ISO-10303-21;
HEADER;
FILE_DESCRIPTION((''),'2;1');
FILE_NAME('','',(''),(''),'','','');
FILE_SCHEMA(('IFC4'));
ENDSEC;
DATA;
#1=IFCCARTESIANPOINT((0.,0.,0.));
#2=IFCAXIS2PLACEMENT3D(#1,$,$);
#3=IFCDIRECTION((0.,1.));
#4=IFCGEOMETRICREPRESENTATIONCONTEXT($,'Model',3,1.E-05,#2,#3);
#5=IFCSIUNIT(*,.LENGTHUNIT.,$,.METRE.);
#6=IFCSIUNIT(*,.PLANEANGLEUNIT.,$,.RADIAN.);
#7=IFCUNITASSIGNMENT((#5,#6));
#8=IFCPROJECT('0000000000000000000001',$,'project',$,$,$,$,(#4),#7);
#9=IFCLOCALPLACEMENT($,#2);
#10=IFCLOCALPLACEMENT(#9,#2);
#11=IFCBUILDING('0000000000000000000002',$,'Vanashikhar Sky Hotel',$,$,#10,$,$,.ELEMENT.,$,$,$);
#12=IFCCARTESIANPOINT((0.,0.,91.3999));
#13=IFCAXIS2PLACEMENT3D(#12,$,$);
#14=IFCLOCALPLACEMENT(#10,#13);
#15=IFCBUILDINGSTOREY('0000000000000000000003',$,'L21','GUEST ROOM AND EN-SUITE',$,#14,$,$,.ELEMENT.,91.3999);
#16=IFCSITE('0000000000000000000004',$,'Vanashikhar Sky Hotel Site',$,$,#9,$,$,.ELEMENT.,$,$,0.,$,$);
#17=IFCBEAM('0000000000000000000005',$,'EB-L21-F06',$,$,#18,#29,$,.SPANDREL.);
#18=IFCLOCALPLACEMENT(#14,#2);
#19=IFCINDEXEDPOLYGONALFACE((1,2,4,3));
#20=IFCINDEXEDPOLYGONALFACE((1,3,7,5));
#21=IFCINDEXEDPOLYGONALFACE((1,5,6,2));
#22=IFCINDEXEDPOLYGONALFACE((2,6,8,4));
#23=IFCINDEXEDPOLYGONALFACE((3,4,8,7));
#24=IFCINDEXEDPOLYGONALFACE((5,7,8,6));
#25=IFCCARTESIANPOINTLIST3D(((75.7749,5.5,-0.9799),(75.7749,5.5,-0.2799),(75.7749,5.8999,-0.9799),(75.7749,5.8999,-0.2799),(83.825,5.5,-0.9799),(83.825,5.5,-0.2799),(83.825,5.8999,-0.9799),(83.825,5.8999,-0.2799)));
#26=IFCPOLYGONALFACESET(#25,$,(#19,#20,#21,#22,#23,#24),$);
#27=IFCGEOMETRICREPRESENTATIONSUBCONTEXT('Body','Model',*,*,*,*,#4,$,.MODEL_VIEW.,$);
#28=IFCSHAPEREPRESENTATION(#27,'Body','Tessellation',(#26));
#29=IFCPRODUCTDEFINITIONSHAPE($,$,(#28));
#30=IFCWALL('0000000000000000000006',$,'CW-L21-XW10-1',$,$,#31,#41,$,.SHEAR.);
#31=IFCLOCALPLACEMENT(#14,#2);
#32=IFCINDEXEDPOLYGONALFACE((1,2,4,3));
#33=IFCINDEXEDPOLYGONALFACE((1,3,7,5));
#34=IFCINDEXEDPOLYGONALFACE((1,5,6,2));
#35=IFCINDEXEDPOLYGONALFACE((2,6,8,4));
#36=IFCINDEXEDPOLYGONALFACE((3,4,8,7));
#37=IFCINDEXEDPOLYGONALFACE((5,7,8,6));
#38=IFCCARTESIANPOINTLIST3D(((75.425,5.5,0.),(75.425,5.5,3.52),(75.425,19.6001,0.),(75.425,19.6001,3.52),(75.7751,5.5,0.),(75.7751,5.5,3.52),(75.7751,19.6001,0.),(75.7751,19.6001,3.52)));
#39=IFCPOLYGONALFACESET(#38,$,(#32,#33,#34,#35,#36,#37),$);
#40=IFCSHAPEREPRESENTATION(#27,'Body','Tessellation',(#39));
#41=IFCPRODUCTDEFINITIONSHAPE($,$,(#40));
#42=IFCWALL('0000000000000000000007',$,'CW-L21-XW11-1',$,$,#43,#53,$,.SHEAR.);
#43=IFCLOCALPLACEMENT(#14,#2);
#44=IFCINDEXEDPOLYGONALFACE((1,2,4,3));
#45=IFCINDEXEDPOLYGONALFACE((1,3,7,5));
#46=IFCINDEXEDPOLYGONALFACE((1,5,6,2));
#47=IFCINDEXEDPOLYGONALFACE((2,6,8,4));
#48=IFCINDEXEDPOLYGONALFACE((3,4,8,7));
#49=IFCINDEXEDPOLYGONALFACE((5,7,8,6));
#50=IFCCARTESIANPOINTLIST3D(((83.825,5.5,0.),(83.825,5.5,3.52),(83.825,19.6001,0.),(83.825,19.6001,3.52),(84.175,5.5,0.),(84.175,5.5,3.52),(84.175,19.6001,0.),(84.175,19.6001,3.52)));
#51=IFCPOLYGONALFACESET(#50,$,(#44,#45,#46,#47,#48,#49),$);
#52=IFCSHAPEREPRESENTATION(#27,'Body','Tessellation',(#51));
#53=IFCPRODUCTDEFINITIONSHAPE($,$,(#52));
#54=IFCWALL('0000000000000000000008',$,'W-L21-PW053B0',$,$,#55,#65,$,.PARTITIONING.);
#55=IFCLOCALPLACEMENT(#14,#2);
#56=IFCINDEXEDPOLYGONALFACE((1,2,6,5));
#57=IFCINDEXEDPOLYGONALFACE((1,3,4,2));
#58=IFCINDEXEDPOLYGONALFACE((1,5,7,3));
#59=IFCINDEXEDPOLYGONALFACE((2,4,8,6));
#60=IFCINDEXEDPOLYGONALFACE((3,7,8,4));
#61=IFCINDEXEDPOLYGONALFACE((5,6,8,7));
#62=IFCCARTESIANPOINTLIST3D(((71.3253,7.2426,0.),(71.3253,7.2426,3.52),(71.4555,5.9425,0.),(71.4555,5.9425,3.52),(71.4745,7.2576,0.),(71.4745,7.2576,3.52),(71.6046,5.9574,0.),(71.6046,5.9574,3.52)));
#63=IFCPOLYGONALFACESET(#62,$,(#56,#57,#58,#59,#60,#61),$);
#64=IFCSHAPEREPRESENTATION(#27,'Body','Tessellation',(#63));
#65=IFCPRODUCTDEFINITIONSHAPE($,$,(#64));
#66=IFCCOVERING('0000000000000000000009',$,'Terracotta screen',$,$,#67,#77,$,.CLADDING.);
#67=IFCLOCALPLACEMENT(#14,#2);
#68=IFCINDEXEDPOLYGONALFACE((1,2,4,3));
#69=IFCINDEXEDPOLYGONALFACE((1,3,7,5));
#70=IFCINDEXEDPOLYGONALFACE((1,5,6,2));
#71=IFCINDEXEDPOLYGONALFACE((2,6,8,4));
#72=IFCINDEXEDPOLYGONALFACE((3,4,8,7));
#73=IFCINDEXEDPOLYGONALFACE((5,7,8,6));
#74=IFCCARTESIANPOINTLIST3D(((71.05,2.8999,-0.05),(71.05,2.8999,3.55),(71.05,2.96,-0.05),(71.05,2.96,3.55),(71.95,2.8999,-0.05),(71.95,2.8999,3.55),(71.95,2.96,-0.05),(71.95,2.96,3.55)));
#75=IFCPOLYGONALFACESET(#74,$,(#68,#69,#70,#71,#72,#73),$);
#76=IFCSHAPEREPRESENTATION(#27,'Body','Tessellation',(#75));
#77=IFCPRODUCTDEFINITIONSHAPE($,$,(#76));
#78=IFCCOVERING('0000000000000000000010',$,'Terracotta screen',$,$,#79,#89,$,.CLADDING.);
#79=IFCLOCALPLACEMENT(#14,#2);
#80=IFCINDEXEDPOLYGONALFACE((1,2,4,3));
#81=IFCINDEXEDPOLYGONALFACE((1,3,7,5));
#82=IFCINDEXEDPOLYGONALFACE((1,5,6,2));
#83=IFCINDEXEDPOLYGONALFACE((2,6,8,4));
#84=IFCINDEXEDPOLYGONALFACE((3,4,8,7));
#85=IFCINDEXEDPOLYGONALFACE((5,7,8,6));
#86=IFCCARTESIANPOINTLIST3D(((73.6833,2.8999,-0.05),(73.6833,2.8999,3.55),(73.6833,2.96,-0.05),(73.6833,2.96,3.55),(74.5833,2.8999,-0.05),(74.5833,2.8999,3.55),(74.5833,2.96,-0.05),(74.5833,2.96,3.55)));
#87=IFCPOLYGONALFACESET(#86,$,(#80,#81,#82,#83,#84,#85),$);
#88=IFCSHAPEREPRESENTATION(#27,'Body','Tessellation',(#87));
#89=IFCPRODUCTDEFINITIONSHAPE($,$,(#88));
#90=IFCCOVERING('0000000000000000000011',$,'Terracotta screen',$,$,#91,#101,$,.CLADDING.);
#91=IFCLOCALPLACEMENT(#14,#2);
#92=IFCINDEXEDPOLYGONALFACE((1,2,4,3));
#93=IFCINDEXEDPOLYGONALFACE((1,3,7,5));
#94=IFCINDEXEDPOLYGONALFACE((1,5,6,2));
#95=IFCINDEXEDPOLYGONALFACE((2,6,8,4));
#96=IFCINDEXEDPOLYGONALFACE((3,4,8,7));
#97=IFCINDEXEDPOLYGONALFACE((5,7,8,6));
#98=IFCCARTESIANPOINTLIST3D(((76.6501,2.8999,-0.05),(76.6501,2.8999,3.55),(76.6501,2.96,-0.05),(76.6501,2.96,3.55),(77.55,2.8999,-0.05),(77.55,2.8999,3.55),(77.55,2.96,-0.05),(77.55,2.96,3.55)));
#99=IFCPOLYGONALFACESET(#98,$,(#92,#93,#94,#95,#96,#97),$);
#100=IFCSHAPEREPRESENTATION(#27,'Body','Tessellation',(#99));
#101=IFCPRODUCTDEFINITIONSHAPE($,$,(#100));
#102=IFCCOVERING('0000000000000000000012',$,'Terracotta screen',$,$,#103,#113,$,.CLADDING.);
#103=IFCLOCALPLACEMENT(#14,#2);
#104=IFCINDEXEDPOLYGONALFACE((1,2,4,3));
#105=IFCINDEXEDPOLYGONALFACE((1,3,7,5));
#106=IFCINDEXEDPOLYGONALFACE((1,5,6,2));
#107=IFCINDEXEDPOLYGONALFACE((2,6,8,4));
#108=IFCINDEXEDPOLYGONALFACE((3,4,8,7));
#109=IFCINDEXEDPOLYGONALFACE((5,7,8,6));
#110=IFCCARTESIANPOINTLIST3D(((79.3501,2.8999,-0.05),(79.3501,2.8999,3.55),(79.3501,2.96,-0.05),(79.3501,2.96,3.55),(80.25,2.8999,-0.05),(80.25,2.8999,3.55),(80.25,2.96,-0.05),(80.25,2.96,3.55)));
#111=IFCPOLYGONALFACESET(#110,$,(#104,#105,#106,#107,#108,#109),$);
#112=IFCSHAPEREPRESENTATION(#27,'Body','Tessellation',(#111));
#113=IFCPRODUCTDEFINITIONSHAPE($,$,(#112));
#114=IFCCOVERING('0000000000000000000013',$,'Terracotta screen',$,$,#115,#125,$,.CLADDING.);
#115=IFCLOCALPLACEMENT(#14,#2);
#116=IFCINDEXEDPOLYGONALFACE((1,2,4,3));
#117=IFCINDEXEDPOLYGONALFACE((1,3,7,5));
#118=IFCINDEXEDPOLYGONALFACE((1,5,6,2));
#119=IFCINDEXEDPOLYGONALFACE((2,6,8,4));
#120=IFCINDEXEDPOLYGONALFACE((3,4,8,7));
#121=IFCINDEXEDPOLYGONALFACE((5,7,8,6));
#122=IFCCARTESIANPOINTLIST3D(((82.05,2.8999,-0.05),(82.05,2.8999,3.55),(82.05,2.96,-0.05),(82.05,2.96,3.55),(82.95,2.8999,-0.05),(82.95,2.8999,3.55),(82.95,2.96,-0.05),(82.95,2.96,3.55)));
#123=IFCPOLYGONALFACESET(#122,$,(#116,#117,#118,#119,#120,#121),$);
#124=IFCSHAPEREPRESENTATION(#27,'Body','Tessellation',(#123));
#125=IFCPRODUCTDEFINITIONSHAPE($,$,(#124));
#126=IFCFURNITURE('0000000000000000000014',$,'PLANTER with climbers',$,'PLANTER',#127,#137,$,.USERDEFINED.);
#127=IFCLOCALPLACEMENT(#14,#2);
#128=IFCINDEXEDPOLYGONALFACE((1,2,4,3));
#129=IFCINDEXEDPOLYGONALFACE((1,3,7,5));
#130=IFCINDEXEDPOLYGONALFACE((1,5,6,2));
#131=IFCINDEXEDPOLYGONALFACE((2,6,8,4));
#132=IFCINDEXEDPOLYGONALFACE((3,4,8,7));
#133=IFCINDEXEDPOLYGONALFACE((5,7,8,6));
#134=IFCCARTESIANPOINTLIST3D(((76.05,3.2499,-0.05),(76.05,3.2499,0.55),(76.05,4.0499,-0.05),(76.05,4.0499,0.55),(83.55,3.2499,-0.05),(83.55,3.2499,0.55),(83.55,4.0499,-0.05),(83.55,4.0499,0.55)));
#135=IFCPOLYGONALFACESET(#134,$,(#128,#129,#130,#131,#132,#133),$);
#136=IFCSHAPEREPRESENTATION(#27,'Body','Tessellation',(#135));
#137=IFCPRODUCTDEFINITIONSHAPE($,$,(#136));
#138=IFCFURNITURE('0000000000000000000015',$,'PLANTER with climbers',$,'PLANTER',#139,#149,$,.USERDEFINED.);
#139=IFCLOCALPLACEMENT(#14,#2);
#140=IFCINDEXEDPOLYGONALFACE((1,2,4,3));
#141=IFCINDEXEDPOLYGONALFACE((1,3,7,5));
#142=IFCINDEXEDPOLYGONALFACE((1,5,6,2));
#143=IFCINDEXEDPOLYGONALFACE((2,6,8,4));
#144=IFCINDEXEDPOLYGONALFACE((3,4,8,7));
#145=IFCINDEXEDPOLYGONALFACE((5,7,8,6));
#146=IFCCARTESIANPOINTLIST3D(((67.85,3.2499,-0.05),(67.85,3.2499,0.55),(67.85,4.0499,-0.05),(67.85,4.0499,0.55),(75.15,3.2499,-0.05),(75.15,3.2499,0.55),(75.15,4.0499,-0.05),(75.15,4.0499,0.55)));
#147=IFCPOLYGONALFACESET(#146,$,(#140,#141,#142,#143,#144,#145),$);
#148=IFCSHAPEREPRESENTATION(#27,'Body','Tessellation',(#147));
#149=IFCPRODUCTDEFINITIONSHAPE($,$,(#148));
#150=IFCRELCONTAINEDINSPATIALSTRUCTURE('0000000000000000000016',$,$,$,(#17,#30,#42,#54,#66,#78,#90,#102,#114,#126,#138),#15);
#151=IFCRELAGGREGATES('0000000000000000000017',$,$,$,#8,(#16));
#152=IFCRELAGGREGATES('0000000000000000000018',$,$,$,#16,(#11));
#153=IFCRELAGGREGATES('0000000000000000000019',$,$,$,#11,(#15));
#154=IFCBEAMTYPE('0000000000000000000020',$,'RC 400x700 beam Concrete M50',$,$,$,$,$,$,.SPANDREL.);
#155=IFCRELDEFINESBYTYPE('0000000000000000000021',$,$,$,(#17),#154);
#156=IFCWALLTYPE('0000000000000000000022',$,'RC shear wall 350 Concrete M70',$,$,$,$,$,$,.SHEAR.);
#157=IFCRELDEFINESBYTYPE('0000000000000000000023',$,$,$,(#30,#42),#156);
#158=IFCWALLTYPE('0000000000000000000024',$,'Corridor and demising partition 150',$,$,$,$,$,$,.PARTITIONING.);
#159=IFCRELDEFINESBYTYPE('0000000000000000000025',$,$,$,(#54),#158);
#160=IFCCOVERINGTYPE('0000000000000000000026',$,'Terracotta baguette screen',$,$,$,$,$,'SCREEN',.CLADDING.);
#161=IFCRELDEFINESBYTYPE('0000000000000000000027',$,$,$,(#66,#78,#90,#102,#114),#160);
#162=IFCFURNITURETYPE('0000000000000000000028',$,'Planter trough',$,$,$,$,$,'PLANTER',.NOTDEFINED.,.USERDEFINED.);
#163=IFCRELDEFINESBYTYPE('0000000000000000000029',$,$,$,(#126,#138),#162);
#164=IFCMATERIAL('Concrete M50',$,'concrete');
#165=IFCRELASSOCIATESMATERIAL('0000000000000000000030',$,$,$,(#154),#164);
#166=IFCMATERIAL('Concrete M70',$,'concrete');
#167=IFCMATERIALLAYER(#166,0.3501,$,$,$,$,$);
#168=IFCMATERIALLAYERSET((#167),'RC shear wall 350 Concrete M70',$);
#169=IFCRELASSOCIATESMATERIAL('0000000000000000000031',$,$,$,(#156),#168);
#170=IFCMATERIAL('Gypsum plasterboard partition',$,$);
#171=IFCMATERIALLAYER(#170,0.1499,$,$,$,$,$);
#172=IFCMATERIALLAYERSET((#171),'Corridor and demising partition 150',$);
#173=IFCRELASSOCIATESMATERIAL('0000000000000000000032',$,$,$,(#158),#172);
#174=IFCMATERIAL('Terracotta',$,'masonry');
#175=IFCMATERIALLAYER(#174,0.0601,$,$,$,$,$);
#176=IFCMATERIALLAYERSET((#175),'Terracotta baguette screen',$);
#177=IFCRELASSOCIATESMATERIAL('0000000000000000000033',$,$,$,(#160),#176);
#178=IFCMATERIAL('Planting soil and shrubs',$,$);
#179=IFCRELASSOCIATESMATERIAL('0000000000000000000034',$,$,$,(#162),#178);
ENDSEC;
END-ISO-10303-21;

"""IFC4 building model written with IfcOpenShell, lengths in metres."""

from ifc_helpers import new_model, si_unit, direction, frame, frame_2d, origin, origin_2d, place, context, subcontext, project, spatial, rectangle, extrude, source, transform, mapped, material, layer, layer_set, material_profile, profile_set, type_object, element, save


model = new_model("IFC4")

# Units and contexts
model_context = context("Model", 3, precision=1e-05, world=origin(), true_north=direction((0.0, 1.0)))
body_context = subcontext(model_context, "Body", "Model", "MODEL_VIEW")
ifc_project = project(units=[si_unit("LENGTHUNIT", "METRE"), si_unit("PLANEANGLEUNIT", "RADIAN")], contexts=[model_context])

# Site, building, storey
site_placement = place(None, origin())
site = spatial("IfcSite", under=ifc_project, at=site_placement, Name="Vanashikhar Sky Hotel Site", CompositionType="ELEMENT", RefElevation=0.0)
building_placement = place(site_placement, origin())
building = spatial("IfcBuilding", under=site, at=building_placement, Name="Vanashikhar Sky Hotel", CompositionType="ELEMENT")
storey_placement = place(building_placement, frame((0.0, 0.0, 91.3999)))
storey = spatial("IfcBuildingStorey", under=building, at=storey_placement, Name="L21", Description="GUEST ROOM AND EN-SUITE", CompositionType="ELEMENT", Elevation=91.3999)

# Beam
ifc_material_1 = material(Name="Concrete M50", Category="concrete")
ifc_material_profile = material_profile(ifc_material_1, rectangle(XDim=0.3999, YDim=0.7, at=origin_2d()))
ifc_profile_set = profile_set([ifc_material_profile], Name="RC 400x700 beam Concrete M50")
beam_type = type_object("IfcBeamType", Name="RC 400x700 beam Concrete M50", PredefinedType="SPANDREL", material=ifc_profile_set)
shared_shape_1 = source(origin(), body_context, "Body", "SweptSolid", [
    extrude(rectangle(XDim=0.3999, YDim=0.7, at=origin_2d()), origin(), (0.0, 0.0, 1.0), 8.05),
])
beam_placement = place(storey_placement, frame((75.7749, 5.7, -0.6299), z_axis=(1.0, 0.0, 0.0), x_axis=(0.0, 1.0, 0.0)))
element("IfcBeam", 1, at=beam_placement, inside=storey, type_object=beam_type, Name="EB-L21-F06", PredefinedType="SPANDREL", context=body_context, shape_type="MappedRepresentation", body=[
    mapped(shared_shape_1, transform((0.0, 0.0, 0.0), scale=1.0)),
])

# Walls
ifc_material_2 = material(Name="Concrete M70", Category="concrete")
ifc_layer_1 = layer(ifc_material_2, 0.3501)
ifc_layer_set_1 = layer_set([ifc_layer_1], Name="RC shear wall 350 Concrete M70")
wall_type_1 = type_object("IfcWallType", Name="RC shear wall 350 Concrete M70", PredefinedType="SHEAR", material=ifc_layer_set_1)
shared_shape_2 = source(origin(), body_context, "Body", "SweptSolid", [
    extrude(rectangle(XDim=14.1001, YDim=0.3501, at=frame_2d((7.05, 0.0))), origin(), (0.0, 0.0, 1.0), 3.52),
])
for number, where, z_axis, x_axis, name in (
    (2, (75.6001, 5.5, 0.0), (0.0, 0.0, 1.0), (0.0, 1.0, 0.0), "CW-L21-XW10-1"),
    (3, (84.0, 5.5, 0.0), (0.0, 0.0, 1.0), (0.0, 1.0, 0.0), "CW-L21-XW11-1"),
):
    element("IfcWall", number, at=place(storey_placement, frame(where, z_axis=z_axis, x_axis=x_axis)), inside=storey, type_object=wall_type_1, Name=name, PredefinedType="SHEAR", context=body_context, shape_type="MappedRepresentation", body=[
        mapped(shared_shape_2, transform((0.0, 0.0, 0.0), scale=1.0)),
    ])

# Wall
ifc_material_3 = material(Name="Gypsum plasterboard partition")
ifc_layer_2 = layer(ifc_material_3, 0.1499)
ifc_layer_set_2 = layer_set([ifc_layer_2], Name="Corridor and demising partition 150")
wall_type_2 = type_object("IfcWallType", Name="Corridor and demising partition 150", PredefinedType="PARTITIONING", material=ifc_layer_set_2)
shared_shape_3 = source(origin(), body_context, "Body", "SweptSolid", [
    extrude(rectangle(XDim=1.3066, YDim=0.1499, at=frame_2d((0.6533, 0.0))), origin(), (0.0, 0.0, 1.0), 3.52),
])
wall_1_placement = place(storey_placement, frame((71.53, 5.95, 0.0), z_axis=(0.0, 0.0, 1.0), x_axis=(-0.099596, 0.995028, 0.0)))
element("IfcWall", 4, at=wall_1_placement, inside=storey, type_object=wall_type_2, Name="W-L21-PW053B0", PredefinedType="PARTITIONING", context=body_context, shape_type="MappedRepresentation", body=[
    mapped(shared_shape_3, transform((0.0, 0.0, 0.0), scale=1.0)),
])

# Coverings
ifc_material_4 = material(Name="Terracotta", Category="masonry")
ifc_layer_3 = layer(ifc_material_4, 0.0601)
ifc_layer_set_3 = layer_set([ifc_layer_3], Name="Terracotta baguette screen")
covering_type = type_object("IfcCoveringType", Name="Terracotta baguette screen", ElementType="SCREEN", PredefinedType="CLADDING", material=ifc_layer_set_3)
shared_shape_4 = source(origin(), body_context, "Body", "SweptSolid", [
    extrude(rectangle(XDim=0.8999, YDim=0.0601, at=origin_2d()), origin(), (0.0, 0.0, 1.0), 3.6001),
])
for number, where, z_axis, x_axis, name in (
    (5, (71.5, 2.9299, -0.05), (0.0, 0.0, 1.0), (1.0, 0.0, 0.0), "Terracotta screen"),
    (6, (74.1333, 2.9299, -0.05), (0.0, 0.0, 1.0), (1.0, 0.0, 0.0), "Terracotta screen"),
    (7, (77.1001, 2.9299, -0.05), (0.0, 0.0, 1.0), (1.0, 0.0, 0.0), "Terracotta screen"),
    (8, (79.8, 2.9299, -0.05), (0.0, 0.0, 1.0), (1.0, 0.0, 0.0), "Terracotta screen"),
    (9, (82.5, 2.9299, -0.05), (0.0, 0.0, 1.0), (1.0, 0.0, 0.0), "Terracotta screen"),
):
    element("IfcCovering", number, at=place(storey_placement, frame(where, z_axis=z_axis, x_axis=x_axis)), inside=storey, type_object=covering_type, Name=name, PredefinedType="CLADDING", context=body_context, shape_type="MappedRepresentation", body=[
        mapped(shared_shape_4, transform((0.0, 0.0, 0.0), scale=1.0)),
    ])

# Furniture
ifc_material_5 = material(Name="Planting soil and shrubs")
furniture_type = type_object("IfcFurnitureType", Name="Planter trough", ElementType="PLANTER", AssemblyPlace="NOTDEFINED", PredefinedType="USERDEFINED", material=ifc_material_5)
shared_shape_5 = source(origin(), body_context, "Body", "SweptSolid", [
    extrude(rectangle(XDim=7.5, YDim=0.8, at=origin_2d()), origin(), (0.0, 0.0, 1.0), 0.6001),
])
furniture_1_placement = place(storey_placement, frame((79.8, 3.6499, -0.05), z_axis=(0.0, 0.0, 1.0), x_axis=(1.0, 0.0, 0.0)))
element("IfcFurniture", 10, at=furniture_1_placement, inside=storey, type_object=furniture_type, Name="PLANTER with climbers", ObjectType="PLANTER", PredefinedType="USERDEFINED", context=body_context, shape_type="MappedRepresentation", body=[
    mapped(shared_shape_5, transform((0.0, 0.0, 0.0), scale=1.0)),
])
shared_shape_6 = source(origin(), body_context, "Body", "SweptSolid", [
    extrude(rectangle(XDim=7.3, YDim=0.8, at=origin_2d()), origin(), (0.0, 0.0, 1.0), 0.6001),
])
furniture_2_placement = place(storey_placement, frame((71.5, 3.6499, -0.05), z_axis=(0.0, 0.0, 1.0), x_axis=(1.0, 0.0, 0.0)))
element("IfcFurniture", 11, at=furniture_2_placement, inside=storey, type_object=furniture_type, Name="PLANTER with climbers", ObjectType="PLANTER", PredefinedType="USERDEFINED", context=body_context, shape_type="MappedRepresentation", body=[
    mapped(shared_shape_6, transform((0.0, 0.0, 0.0), scale=1.0)),
])

save(model, "model.ifc")
